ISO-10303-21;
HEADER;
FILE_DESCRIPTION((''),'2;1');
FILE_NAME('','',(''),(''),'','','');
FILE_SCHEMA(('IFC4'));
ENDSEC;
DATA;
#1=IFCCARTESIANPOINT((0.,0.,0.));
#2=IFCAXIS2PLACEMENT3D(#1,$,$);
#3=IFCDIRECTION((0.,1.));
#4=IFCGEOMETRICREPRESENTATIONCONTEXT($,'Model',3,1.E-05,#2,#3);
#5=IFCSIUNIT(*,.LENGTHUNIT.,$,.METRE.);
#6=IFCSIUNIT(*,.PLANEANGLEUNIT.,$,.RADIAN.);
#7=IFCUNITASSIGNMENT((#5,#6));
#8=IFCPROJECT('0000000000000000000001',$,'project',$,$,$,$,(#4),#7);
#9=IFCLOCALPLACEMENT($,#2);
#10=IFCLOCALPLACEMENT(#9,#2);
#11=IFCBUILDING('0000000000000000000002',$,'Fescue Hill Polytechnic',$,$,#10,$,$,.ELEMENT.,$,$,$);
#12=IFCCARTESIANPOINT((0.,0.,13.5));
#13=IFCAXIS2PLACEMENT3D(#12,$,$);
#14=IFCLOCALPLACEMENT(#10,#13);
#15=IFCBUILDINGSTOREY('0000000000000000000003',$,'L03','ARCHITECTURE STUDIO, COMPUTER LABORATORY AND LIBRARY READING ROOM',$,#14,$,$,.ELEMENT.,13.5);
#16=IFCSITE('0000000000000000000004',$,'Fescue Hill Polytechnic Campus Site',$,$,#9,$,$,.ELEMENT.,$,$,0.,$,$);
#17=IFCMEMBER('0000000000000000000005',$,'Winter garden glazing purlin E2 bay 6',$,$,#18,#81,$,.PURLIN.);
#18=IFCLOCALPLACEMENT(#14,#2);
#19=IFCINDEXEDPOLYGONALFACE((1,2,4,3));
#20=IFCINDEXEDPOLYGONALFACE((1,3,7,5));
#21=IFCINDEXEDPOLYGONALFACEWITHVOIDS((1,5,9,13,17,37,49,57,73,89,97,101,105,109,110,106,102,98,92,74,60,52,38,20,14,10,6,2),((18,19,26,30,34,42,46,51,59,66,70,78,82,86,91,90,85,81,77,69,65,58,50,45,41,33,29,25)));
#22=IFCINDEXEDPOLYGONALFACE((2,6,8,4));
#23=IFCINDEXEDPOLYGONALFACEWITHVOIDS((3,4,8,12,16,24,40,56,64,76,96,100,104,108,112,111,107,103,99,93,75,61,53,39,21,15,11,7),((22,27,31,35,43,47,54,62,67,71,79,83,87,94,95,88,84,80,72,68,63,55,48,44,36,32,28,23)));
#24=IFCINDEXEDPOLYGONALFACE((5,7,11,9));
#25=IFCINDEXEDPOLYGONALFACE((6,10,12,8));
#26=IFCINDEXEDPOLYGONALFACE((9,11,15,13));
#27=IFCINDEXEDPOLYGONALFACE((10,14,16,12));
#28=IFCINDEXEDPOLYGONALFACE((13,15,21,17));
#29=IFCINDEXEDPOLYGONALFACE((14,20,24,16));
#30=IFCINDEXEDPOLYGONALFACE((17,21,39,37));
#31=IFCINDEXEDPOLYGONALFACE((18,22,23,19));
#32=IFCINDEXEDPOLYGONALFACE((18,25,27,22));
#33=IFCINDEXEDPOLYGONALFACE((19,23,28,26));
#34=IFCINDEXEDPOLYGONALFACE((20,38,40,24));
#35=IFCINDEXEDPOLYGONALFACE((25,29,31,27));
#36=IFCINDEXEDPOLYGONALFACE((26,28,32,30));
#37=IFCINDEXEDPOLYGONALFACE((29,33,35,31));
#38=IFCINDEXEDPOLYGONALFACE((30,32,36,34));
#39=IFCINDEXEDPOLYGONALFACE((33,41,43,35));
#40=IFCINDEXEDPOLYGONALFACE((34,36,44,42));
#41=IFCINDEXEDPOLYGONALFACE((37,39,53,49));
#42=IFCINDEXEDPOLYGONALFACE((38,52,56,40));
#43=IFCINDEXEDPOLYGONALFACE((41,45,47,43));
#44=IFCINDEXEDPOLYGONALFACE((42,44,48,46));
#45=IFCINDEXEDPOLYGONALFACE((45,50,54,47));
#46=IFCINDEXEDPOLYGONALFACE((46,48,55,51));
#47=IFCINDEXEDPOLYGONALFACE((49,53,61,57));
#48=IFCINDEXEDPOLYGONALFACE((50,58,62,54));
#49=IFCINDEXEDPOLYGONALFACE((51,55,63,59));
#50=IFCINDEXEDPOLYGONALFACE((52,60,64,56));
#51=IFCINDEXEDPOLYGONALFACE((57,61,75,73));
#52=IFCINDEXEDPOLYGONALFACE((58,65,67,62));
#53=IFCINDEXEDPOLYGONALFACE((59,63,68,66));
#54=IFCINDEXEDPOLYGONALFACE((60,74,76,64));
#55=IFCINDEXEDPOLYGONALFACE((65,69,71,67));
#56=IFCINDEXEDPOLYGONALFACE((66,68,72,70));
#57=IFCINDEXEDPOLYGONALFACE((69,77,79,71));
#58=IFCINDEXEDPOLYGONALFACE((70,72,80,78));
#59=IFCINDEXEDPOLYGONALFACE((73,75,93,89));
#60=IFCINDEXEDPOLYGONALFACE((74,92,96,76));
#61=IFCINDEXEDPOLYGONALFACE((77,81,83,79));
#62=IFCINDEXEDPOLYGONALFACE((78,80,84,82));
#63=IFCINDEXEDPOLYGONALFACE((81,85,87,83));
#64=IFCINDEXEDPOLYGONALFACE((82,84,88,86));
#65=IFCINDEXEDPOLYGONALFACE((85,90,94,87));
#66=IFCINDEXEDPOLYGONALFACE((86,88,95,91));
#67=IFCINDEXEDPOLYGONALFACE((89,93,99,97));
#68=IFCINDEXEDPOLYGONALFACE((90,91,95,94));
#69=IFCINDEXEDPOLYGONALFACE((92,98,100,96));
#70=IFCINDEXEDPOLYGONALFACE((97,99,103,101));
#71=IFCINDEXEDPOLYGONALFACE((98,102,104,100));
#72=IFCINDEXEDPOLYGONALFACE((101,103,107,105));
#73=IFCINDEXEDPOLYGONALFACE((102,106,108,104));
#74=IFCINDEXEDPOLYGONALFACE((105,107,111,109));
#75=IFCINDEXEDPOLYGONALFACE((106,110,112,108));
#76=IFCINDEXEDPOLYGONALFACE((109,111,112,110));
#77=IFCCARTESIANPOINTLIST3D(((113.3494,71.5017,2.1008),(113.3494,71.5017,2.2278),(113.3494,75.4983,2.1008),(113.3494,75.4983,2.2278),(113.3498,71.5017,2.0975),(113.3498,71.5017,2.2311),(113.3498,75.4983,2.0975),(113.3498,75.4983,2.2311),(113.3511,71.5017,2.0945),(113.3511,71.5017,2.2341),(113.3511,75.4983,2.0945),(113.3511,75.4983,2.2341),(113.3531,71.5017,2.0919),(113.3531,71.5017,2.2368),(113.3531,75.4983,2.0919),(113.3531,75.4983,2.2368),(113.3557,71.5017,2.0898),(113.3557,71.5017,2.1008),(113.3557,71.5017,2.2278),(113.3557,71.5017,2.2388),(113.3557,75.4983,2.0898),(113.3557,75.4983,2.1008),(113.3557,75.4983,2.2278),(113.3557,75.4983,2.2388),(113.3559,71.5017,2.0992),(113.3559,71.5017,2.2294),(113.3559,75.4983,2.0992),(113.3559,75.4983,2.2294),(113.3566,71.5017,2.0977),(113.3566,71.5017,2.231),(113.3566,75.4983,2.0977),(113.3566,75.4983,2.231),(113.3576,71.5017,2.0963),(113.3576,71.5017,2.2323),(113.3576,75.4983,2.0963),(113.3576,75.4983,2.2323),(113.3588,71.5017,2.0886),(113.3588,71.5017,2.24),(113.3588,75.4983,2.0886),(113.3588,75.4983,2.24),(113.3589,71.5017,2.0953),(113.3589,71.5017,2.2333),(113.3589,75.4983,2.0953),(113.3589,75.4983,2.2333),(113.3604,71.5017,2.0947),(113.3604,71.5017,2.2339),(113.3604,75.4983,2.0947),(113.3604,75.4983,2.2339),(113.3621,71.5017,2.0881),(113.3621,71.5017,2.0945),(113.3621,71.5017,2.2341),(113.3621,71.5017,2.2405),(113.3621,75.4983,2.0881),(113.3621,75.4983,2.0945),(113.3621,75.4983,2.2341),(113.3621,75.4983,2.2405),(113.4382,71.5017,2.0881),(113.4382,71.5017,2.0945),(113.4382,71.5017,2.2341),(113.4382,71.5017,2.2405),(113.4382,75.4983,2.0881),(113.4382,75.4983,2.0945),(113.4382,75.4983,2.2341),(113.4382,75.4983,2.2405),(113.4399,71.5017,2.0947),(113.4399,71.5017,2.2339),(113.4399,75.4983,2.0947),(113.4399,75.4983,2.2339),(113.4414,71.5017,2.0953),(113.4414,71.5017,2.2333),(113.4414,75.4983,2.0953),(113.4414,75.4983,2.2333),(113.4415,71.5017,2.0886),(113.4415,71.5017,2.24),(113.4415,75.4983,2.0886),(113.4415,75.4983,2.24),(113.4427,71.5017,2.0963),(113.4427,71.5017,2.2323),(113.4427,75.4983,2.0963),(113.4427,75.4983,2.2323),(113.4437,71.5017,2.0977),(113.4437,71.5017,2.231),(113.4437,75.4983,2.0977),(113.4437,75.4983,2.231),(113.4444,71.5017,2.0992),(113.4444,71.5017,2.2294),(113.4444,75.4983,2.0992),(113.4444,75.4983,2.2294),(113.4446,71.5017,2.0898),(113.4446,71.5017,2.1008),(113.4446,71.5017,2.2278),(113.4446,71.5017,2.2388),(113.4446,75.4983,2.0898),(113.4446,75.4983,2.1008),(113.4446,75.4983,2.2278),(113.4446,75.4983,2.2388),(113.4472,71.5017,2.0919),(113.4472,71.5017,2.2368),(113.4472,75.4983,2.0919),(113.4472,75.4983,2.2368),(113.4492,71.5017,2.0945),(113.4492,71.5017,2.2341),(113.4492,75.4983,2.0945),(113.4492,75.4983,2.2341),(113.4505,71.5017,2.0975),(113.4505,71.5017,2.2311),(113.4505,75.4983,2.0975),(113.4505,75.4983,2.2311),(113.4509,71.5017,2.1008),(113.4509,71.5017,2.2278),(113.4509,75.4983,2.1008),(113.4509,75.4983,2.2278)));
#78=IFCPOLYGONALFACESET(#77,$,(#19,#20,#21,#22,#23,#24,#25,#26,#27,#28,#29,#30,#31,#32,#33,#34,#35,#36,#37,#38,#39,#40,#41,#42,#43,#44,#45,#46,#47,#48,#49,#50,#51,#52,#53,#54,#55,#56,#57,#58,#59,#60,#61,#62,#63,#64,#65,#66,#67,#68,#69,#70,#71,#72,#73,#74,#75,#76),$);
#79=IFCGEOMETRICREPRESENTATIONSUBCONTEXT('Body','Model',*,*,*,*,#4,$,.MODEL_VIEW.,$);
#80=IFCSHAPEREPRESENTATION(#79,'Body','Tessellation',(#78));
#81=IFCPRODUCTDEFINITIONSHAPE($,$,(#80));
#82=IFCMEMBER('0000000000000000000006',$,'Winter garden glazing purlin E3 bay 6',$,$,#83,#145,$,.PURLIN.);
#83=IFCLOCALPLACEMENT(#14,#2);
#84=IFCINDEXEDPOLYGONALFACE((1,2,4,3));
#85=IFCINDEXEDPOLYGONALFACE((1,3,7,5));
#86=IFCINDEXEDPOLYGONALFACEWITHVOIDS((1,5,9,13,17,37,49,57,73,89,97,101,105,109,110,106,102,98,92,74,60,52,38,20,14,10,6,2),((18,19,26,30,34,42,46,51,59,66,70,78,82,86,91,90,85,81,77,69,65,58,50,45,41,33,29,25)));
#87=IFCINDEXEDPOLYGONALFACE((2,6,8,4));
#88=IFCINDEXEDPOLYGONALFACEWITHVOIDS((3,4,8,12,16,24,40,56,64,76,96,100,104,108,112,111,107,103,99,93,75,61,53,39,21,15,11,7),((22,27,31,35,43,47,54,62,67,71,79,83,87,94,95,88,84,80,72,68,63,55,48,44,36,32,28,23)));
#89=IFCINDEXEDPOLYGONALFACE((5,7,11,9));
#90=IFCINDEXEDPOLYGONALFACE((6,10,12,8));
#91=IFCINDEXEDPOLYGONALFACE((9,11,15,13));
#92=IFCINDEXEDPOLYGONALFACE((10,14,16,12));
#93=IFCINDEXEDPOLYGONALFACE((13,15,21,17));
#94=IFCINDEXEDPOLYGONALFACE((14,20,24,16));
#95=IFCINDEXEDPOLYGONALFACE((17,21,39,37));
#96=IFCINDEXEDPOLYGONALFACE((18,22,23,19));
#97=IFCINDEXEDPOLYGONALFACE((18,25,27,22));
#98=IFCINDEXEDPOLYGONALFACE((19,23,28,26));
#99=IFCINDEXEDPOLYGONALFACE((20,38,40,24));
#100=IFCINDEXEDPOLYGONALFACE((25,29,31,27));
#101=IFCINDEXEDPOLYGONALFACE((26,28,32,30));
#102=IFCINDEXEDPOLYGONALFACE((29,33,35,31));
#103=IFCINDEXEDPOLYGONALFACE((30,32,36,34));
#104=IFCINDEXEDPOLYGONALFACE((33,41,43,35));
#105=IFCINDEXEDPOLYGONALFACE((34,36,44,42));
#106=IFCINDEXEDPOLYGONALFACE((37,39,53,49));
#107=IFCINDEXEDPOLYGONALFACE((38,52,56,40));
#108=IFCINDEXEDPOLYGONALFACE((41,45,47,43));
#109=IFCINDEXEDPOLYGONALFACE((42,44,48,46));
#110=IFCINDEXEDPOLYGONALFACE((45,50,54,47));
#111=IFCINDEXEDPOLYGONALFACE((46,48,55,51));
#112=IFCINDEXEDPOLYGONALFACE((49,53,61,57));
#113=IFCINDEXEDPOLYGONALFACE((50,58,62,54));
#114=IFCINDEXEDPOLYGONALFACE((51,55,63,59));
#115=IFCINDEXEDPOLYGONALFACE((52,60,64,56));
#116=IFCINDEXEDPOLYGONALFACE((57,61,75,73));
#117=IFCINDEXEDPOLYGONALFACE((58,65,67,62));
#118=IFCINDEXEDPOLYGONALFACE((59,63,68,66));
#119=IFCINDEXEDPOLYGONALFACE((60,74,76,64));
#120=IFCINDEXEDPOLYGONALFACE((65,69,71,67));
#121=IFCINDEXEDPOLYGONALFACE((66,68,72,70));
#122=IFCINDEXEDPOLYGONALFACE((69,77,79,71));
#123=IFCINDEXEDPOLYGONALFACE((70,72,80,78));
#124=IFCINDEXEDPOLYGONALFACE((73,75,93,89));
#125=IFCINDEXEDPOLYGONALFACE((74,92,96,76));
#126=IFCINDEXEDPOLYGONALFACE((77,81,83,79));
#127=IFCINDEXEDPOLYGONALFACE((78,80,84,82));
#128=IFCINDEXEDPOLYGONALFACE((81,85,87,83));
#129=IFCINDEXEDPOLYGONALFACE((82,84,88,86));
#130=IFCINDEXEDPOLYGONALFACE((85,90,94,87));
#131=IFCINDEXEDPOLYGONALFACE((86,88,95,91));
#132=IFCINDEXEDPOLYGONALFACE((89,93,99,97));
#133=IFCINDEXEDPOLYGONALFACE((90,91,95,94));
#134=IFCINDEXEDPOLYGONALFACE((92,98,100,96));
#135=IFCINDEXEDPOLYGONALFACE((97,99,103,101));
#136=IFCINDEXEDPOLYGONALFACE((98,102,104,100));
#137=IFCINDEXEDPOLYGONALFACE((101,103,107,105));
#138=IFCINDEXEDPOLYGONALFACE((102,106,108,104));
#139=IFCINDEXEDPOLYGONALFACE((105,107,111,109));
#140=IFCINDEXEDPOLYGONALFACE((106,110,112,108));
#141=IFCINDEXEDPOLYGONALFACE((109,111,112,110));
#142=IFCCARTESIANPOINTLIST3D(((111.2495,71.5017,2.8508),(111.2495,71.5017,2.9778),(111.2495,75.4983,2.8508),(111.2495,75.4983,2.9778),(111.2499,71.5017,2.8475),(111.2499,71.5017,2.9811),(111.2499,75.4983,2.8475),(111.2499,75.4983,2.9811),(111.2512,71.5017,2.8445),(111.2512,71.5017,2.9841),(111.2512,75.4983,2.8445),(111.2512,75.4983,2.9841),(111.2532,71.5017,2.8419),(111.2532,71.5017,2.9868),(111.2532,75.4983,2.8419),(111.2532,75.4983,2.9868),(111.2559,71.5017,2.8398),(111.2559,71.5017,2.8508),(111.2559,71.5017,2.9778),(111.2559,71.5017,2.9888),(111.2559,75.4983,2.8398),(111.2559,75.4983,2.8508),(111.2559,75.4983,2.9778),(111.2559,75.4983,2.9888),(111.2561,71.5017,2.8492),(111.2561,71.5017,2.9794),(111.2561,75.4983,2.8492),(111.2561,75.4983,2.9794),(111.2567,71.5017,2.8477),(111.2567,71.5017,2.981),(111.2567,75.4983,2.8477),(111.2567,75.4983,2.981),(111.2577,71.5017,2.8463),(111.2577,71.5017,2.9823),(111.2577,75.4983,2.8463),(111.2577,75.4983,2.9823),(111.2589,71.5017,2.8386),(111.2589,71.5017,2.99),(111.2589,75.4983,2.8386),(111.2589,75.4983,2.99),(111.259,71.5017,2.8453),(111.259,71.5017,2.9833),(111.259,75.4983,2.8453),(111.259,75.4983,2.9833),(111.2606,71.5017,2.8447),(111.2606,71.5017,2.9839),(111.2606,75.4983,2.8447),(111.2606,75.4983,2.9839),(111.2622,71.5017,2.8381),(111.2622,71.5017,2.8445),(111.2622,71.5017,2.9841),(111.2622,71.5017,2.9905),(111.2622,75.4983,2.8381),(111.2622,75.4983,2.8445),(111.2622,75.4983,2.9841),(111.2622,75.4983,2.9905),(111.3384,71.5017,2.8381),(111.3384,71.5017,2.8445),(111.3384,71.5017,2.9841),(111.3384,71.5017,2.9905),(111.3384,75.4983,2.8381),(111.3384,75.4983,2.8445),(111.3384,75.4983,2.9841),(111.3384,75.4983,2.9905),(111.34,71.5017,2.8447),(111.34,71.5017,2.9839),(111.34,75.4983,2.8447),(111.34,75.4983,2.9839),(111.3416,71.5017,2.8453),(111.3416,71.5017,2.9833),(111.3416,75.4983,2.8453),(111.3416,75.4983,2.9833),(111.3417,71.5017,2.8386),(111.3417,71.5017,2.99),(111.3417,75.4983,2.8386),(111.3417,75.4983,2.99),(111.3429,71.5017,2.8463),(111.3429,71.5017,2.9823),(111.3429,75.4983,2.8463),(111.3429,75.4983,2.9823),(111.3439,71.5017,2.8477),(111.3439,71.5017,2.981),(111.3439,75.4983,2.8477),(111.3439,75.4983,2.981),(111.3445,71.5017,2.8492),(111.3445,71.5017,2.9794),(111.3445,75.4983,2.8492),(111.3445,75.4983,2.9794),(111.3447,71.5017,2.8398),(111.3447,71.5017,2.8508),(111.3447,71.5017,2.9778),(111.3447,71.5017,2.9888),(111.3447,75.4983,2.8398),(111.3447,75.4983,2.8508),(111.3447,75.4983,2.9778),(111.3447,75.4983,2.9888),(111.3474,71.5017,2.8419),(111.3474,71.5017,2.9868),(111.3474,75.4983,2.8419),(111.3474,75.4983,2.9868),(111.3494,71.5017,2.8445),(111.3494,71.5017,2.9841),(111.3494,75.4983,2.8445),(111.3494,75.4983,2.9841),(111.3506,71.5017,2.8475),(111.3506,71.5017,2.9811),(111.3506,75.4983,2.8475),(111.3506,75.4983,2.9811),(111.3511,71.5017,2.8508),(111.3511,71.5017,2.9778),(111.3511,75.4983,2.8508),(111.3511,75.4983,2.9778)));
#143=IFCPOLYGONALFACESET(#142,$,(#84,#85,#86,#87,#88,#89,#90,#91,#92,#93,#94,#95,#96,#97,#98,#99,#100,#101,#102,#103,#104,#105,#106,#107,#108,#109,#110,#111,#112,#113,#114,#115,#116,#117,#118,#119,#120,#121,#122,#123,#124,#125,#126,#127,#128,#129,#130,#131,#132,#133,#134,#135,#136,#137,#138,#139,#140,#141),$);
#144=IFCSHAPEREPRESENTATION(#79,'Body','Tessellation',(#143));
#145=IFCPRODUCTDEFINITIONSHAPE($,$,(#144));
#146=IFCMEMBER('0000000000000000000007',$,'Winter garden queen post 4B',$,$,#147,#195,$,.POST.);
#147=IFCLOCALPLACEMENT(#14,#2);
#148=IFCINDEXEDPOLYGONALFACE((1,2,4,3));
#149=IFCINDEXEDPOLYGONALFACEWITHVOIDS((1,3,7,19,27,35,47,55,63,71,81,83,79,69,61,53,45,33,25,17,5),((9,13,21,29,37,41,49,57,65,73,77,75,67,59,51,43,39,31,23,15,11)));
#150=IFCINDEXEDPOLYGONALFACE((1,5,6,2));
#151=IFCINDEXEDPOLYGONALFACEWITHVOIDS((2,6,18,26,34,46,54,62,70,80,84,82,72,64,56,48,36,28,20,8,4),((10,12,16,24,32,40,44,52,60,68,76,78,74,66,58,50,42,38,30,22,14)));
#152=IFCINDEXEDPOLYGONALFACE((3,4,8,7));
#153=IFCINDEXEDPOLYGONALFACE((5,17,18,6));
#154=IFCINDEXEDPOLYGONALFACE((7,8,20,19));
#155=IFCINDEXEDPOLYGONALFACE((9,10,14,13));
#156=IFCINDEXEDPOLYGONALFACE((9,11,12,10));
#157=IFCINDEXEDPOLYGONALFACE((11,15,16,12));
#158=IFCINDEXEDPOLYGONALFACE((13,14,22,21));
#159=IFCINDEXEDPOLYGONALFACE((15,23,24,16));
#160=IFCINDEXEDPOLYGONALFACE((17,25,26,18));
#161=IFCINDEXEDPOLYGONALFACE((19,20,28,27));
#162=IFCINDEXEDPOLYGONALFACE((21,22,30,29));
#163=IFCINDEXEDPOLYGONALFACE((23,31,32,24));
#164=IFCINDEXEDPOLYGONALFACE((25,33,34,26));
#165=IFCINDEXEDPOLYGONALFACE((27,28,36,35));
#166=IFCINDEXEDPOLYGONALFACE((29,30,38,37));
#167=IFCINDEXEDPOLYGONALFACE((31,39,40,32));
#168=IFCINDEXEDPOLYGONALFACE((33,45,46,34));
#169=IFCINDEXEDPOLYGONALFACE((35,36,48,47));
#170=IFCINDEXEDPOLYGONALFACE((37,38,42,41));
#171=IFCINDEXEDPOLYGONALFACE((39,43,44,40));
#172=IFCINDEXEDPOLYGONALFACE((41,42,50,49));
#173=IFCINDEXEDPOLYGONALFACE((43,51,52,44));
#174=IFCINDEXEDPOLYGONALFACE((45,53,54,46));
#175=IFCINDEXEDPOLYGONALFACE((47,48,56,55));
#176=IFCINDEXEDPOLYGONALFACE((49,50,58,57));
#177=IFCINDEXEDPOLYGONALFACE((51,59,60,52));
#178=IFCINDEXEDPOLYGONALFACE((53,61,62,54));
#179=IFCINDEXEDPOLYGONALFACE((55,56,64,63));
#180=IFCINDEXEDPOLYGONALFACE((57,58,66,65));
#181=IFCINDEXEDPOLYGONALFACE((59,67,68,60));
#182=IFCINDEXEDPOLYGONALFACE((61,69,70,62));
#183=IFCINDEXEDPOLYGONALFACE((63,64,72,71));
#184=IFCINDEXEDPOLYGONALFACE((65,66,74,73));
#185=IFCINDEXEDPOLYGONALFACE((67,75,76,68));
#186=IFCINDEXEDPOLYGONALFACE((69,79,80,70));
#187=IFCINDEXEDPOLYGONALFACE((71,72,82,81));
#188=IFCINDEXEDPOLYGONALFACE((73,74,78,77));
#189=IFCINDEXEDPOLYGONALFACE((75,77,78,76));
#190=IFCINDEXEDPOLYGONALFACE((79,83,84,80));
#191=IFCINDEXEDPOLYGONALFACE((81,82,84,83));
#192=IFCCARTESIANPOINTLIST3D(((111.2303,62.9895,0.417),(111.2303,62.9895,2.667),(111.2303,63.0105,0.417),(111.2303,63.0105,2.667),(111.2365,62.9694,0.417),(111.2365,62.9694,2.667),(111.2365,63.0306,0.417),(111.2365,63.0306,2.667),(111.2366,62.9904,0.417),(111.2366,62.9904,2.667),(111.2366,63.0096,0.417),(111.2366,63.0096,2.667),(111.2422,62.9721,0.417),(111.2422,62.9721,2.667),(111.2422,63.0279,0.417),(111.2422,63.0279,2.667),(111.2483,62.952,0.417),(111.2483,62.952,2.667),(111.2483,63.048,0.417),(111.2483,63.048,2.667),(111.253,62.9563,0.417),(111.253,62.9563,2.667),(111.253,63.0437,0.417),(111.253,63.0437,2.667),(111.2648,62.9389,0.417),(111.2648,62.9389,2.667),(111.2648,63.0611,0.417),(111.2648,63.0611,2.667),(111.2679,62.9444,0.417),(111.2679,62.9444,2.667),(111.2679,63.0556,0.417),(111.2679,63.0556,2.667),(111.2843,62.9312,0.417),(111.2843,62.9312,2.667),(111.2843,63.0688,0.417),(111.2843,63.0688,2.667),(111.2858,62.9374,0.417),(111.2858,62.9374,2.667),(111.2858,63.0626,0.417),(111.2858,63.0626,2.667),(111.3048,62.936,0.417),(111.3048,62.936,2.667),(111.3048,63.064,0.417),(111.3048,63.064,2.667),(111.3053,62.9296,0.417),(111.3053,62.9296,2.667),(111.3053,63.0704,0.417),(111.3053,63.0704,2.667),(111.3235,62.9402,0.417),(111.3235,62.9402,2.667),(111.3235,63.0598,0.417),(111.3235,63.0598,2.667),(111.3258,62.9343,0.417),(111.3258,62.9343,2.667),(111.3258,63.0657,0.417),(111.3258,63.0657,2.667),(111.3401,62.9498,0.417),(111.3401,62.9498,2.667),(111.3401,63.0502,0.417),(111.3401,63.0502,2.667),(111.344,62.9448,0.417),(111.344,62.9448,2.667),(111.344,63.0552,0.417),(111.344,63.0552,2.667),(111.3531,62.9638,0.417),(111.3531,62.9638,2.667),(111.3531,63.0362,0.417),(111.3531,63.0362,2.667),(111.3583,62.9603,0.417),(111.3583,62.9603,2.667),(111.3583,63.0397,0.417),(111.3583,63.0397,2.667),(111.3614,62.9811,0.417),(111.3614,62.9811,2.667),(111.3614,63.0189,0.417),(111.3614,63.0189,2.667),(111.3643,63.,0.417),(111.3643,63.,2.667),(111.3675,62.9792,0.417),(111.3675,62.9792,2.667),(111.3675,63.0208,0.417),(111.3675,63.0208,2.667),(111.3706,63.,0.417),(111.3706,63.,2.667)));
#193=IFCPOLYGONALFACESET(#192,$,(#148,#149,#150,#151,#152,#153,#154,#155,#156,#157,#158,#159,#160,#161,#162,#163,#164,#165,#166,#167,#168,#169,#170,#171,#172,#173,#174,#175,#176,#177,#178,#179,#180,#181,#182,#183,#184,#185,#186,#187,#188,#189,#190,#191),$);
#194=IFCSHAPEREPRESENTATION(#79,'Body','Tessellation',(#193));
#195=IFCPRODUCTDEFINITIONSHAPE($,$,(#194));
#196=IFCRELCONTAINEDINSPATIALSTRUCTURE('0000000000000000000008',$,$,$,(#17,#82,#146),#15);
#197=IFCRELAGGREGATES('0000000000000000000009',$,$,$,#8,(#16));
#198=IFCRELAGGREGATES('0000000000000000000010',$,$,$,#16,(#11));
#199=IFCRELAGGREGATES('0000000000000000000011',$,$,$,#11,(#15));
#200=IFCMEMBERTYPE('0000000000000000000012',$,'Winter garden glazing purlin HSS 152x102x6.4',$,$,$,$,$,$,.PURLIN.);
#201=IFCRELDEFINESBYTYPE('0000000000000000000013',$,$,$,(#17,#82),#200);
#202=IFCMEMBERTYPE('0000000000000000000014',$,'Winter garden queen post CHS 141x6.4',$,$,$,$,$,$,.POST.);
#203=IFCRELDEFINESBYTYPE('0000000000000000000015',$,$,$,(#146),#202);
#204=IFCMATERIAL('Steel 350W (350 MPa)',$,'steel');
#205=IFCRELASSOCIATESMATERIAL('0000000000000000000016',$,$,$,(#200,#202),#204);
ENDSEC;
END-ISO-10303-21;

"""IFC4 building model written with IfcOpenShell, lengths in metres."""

from ifc_helpers import new_model, si_unit, direction, frame, origin, origin_2d, place, context, subcontext, project, spatial, hollow_rectangle, hollow_circle, extrude, material, material_profile, profile_set, type_object, element, save


model = new_model("IFC4")

# Units and contexts
model_context = context("Model", 3, precision=1e-05, world=origin(), true_north=direction((0.0, 1.0)))
body_context = subcontext(model_context, "Body", "Model", "MODEL_VIEW")
ifc_project = project(units=[si_unit("LENGTHUNIT", "METRE"), si_unit("PLANEANGLEUNIT", "RADIAN")], contexts=[model_context])

# Site, building, storey
site_placement = place(None, origin())
site = spatial("IfcSite", under=ifc_project, at=site_placement, Name="Fescue Hill Polytechnic Campus Site", CompositionType="ELEMENT", RefElevation=0.0)
building_placement = place(site_placement, origin())
building = spatial("IfcBuilding", under=site, at=building_placement, Name="Fescue Hill Polytechnic", CompositionType="ELEMENT")
storey_placement = place(building_placement, frame((0.0, 0.0, 13.5)))
storey = spatial("IfcBuildingStorey", under=building, at=storey_placement, Name="L03", Description="ARCHITECTURE STUDIO, COMPUTER LABORATORY AND LIBRARY READING ROOM", CompositionType="ELEMENT", Elevation=13.5)

# Members
ifc_material_1 = material(Name="Steel 350W (350 MPa)", Category="steel")
ifc_material_profile_1 = material_profile(ifc_material_1, hollow_rectangle(XDim=0.1016, YDim=0.1523, WallThickness=0.0063, InnerFilletRadius=0.0063, OuterFilletRadius=0.0127, at=origin_2d()), Name="Winter garden glazing purlin HSS 152x102x6.4")
ifc_profile_set_1 = profile_set([ifc_material_profile_1], Name="Steel 350W (350 MPa)")
member_type_1 = type_object("IfcMemberType", Name="Winter garden glazing purlin HSS 152x102x6.4", PredefinedType="PURLIN", material=ifc_profile_set_1)
for number, where, z_axis, x_axis, name in (
    (1, (113.4001, 71.5017, 2.1643), (0.0, 1.0, 0.0), (-1.0, 0.0, 0.0), "Winter garden glazing purlin E2 bay 6"),
    (2, (111.3003, 71.5017, 2.9143), (0.0, 1.0, 0.0), (-1.0, 0.0, 0.0), "Winter garden glazing purlin E3 bay 6"),
):
    element("IfcMember", number, at=place(storey_placement, frame(where, z_axis=z_axis, x_axis=x_axis)), inside=storey, type_object=member_type_1, Name=name, PredefinedType="PURLIN", context=body_context, shape_type="SweptSolid", body=[
        extrude(hollow_rectangle(XDim=0.1016, YDim=0.1523, WallThickness=0.0063, InnerFilletRadius=0.0063, OuterFilletRadius=0.0127, at=origin_2d()), origin(), (0.0, 0.0, 1.0), 3.9966),
    ])
ifc_material_profile_2 = material_profile(ifc_material_1, hollow_circle(Radius=0.0706, WallThickness=0.0063, at=origin_2d()), Name="Winter garden queen post CHS 141x6.4")
ifc_profile_set_2 = profile_set([ifc_material_profile_2], Name="Steel 350W (350 MPa)")
member_type_2 = type_object("IfcMemberType", Name="Winter garden queen post CHS 141x6.4", PredefinedType="POST", material=ifc_profile_set_2)
for number, where, z_axis, x_axis, name in (
    (3, (111.3, 63.0, 0.417), (0.0, 0.0, 1.0), (1.0, 0.0, 0.0), "Winter garden queen post 4B"),
):
    element("IfcMember", number, at=place(storey_placement, frame(where, z_axis=z_axis, x_axis=x_axis)), inside=storey, type_object=member_type_2, Name=name, PredefinedType="POST", context=body_context, shape_type="SweptSolid", body=[
        extrude(hollow_circle(Radius=0.0706, WallThickness=0.0063, at=origin_2d()), origin(), (0.0, 0.0, 1.0), 2.25),
    ])

save(model, "model.ifc")
